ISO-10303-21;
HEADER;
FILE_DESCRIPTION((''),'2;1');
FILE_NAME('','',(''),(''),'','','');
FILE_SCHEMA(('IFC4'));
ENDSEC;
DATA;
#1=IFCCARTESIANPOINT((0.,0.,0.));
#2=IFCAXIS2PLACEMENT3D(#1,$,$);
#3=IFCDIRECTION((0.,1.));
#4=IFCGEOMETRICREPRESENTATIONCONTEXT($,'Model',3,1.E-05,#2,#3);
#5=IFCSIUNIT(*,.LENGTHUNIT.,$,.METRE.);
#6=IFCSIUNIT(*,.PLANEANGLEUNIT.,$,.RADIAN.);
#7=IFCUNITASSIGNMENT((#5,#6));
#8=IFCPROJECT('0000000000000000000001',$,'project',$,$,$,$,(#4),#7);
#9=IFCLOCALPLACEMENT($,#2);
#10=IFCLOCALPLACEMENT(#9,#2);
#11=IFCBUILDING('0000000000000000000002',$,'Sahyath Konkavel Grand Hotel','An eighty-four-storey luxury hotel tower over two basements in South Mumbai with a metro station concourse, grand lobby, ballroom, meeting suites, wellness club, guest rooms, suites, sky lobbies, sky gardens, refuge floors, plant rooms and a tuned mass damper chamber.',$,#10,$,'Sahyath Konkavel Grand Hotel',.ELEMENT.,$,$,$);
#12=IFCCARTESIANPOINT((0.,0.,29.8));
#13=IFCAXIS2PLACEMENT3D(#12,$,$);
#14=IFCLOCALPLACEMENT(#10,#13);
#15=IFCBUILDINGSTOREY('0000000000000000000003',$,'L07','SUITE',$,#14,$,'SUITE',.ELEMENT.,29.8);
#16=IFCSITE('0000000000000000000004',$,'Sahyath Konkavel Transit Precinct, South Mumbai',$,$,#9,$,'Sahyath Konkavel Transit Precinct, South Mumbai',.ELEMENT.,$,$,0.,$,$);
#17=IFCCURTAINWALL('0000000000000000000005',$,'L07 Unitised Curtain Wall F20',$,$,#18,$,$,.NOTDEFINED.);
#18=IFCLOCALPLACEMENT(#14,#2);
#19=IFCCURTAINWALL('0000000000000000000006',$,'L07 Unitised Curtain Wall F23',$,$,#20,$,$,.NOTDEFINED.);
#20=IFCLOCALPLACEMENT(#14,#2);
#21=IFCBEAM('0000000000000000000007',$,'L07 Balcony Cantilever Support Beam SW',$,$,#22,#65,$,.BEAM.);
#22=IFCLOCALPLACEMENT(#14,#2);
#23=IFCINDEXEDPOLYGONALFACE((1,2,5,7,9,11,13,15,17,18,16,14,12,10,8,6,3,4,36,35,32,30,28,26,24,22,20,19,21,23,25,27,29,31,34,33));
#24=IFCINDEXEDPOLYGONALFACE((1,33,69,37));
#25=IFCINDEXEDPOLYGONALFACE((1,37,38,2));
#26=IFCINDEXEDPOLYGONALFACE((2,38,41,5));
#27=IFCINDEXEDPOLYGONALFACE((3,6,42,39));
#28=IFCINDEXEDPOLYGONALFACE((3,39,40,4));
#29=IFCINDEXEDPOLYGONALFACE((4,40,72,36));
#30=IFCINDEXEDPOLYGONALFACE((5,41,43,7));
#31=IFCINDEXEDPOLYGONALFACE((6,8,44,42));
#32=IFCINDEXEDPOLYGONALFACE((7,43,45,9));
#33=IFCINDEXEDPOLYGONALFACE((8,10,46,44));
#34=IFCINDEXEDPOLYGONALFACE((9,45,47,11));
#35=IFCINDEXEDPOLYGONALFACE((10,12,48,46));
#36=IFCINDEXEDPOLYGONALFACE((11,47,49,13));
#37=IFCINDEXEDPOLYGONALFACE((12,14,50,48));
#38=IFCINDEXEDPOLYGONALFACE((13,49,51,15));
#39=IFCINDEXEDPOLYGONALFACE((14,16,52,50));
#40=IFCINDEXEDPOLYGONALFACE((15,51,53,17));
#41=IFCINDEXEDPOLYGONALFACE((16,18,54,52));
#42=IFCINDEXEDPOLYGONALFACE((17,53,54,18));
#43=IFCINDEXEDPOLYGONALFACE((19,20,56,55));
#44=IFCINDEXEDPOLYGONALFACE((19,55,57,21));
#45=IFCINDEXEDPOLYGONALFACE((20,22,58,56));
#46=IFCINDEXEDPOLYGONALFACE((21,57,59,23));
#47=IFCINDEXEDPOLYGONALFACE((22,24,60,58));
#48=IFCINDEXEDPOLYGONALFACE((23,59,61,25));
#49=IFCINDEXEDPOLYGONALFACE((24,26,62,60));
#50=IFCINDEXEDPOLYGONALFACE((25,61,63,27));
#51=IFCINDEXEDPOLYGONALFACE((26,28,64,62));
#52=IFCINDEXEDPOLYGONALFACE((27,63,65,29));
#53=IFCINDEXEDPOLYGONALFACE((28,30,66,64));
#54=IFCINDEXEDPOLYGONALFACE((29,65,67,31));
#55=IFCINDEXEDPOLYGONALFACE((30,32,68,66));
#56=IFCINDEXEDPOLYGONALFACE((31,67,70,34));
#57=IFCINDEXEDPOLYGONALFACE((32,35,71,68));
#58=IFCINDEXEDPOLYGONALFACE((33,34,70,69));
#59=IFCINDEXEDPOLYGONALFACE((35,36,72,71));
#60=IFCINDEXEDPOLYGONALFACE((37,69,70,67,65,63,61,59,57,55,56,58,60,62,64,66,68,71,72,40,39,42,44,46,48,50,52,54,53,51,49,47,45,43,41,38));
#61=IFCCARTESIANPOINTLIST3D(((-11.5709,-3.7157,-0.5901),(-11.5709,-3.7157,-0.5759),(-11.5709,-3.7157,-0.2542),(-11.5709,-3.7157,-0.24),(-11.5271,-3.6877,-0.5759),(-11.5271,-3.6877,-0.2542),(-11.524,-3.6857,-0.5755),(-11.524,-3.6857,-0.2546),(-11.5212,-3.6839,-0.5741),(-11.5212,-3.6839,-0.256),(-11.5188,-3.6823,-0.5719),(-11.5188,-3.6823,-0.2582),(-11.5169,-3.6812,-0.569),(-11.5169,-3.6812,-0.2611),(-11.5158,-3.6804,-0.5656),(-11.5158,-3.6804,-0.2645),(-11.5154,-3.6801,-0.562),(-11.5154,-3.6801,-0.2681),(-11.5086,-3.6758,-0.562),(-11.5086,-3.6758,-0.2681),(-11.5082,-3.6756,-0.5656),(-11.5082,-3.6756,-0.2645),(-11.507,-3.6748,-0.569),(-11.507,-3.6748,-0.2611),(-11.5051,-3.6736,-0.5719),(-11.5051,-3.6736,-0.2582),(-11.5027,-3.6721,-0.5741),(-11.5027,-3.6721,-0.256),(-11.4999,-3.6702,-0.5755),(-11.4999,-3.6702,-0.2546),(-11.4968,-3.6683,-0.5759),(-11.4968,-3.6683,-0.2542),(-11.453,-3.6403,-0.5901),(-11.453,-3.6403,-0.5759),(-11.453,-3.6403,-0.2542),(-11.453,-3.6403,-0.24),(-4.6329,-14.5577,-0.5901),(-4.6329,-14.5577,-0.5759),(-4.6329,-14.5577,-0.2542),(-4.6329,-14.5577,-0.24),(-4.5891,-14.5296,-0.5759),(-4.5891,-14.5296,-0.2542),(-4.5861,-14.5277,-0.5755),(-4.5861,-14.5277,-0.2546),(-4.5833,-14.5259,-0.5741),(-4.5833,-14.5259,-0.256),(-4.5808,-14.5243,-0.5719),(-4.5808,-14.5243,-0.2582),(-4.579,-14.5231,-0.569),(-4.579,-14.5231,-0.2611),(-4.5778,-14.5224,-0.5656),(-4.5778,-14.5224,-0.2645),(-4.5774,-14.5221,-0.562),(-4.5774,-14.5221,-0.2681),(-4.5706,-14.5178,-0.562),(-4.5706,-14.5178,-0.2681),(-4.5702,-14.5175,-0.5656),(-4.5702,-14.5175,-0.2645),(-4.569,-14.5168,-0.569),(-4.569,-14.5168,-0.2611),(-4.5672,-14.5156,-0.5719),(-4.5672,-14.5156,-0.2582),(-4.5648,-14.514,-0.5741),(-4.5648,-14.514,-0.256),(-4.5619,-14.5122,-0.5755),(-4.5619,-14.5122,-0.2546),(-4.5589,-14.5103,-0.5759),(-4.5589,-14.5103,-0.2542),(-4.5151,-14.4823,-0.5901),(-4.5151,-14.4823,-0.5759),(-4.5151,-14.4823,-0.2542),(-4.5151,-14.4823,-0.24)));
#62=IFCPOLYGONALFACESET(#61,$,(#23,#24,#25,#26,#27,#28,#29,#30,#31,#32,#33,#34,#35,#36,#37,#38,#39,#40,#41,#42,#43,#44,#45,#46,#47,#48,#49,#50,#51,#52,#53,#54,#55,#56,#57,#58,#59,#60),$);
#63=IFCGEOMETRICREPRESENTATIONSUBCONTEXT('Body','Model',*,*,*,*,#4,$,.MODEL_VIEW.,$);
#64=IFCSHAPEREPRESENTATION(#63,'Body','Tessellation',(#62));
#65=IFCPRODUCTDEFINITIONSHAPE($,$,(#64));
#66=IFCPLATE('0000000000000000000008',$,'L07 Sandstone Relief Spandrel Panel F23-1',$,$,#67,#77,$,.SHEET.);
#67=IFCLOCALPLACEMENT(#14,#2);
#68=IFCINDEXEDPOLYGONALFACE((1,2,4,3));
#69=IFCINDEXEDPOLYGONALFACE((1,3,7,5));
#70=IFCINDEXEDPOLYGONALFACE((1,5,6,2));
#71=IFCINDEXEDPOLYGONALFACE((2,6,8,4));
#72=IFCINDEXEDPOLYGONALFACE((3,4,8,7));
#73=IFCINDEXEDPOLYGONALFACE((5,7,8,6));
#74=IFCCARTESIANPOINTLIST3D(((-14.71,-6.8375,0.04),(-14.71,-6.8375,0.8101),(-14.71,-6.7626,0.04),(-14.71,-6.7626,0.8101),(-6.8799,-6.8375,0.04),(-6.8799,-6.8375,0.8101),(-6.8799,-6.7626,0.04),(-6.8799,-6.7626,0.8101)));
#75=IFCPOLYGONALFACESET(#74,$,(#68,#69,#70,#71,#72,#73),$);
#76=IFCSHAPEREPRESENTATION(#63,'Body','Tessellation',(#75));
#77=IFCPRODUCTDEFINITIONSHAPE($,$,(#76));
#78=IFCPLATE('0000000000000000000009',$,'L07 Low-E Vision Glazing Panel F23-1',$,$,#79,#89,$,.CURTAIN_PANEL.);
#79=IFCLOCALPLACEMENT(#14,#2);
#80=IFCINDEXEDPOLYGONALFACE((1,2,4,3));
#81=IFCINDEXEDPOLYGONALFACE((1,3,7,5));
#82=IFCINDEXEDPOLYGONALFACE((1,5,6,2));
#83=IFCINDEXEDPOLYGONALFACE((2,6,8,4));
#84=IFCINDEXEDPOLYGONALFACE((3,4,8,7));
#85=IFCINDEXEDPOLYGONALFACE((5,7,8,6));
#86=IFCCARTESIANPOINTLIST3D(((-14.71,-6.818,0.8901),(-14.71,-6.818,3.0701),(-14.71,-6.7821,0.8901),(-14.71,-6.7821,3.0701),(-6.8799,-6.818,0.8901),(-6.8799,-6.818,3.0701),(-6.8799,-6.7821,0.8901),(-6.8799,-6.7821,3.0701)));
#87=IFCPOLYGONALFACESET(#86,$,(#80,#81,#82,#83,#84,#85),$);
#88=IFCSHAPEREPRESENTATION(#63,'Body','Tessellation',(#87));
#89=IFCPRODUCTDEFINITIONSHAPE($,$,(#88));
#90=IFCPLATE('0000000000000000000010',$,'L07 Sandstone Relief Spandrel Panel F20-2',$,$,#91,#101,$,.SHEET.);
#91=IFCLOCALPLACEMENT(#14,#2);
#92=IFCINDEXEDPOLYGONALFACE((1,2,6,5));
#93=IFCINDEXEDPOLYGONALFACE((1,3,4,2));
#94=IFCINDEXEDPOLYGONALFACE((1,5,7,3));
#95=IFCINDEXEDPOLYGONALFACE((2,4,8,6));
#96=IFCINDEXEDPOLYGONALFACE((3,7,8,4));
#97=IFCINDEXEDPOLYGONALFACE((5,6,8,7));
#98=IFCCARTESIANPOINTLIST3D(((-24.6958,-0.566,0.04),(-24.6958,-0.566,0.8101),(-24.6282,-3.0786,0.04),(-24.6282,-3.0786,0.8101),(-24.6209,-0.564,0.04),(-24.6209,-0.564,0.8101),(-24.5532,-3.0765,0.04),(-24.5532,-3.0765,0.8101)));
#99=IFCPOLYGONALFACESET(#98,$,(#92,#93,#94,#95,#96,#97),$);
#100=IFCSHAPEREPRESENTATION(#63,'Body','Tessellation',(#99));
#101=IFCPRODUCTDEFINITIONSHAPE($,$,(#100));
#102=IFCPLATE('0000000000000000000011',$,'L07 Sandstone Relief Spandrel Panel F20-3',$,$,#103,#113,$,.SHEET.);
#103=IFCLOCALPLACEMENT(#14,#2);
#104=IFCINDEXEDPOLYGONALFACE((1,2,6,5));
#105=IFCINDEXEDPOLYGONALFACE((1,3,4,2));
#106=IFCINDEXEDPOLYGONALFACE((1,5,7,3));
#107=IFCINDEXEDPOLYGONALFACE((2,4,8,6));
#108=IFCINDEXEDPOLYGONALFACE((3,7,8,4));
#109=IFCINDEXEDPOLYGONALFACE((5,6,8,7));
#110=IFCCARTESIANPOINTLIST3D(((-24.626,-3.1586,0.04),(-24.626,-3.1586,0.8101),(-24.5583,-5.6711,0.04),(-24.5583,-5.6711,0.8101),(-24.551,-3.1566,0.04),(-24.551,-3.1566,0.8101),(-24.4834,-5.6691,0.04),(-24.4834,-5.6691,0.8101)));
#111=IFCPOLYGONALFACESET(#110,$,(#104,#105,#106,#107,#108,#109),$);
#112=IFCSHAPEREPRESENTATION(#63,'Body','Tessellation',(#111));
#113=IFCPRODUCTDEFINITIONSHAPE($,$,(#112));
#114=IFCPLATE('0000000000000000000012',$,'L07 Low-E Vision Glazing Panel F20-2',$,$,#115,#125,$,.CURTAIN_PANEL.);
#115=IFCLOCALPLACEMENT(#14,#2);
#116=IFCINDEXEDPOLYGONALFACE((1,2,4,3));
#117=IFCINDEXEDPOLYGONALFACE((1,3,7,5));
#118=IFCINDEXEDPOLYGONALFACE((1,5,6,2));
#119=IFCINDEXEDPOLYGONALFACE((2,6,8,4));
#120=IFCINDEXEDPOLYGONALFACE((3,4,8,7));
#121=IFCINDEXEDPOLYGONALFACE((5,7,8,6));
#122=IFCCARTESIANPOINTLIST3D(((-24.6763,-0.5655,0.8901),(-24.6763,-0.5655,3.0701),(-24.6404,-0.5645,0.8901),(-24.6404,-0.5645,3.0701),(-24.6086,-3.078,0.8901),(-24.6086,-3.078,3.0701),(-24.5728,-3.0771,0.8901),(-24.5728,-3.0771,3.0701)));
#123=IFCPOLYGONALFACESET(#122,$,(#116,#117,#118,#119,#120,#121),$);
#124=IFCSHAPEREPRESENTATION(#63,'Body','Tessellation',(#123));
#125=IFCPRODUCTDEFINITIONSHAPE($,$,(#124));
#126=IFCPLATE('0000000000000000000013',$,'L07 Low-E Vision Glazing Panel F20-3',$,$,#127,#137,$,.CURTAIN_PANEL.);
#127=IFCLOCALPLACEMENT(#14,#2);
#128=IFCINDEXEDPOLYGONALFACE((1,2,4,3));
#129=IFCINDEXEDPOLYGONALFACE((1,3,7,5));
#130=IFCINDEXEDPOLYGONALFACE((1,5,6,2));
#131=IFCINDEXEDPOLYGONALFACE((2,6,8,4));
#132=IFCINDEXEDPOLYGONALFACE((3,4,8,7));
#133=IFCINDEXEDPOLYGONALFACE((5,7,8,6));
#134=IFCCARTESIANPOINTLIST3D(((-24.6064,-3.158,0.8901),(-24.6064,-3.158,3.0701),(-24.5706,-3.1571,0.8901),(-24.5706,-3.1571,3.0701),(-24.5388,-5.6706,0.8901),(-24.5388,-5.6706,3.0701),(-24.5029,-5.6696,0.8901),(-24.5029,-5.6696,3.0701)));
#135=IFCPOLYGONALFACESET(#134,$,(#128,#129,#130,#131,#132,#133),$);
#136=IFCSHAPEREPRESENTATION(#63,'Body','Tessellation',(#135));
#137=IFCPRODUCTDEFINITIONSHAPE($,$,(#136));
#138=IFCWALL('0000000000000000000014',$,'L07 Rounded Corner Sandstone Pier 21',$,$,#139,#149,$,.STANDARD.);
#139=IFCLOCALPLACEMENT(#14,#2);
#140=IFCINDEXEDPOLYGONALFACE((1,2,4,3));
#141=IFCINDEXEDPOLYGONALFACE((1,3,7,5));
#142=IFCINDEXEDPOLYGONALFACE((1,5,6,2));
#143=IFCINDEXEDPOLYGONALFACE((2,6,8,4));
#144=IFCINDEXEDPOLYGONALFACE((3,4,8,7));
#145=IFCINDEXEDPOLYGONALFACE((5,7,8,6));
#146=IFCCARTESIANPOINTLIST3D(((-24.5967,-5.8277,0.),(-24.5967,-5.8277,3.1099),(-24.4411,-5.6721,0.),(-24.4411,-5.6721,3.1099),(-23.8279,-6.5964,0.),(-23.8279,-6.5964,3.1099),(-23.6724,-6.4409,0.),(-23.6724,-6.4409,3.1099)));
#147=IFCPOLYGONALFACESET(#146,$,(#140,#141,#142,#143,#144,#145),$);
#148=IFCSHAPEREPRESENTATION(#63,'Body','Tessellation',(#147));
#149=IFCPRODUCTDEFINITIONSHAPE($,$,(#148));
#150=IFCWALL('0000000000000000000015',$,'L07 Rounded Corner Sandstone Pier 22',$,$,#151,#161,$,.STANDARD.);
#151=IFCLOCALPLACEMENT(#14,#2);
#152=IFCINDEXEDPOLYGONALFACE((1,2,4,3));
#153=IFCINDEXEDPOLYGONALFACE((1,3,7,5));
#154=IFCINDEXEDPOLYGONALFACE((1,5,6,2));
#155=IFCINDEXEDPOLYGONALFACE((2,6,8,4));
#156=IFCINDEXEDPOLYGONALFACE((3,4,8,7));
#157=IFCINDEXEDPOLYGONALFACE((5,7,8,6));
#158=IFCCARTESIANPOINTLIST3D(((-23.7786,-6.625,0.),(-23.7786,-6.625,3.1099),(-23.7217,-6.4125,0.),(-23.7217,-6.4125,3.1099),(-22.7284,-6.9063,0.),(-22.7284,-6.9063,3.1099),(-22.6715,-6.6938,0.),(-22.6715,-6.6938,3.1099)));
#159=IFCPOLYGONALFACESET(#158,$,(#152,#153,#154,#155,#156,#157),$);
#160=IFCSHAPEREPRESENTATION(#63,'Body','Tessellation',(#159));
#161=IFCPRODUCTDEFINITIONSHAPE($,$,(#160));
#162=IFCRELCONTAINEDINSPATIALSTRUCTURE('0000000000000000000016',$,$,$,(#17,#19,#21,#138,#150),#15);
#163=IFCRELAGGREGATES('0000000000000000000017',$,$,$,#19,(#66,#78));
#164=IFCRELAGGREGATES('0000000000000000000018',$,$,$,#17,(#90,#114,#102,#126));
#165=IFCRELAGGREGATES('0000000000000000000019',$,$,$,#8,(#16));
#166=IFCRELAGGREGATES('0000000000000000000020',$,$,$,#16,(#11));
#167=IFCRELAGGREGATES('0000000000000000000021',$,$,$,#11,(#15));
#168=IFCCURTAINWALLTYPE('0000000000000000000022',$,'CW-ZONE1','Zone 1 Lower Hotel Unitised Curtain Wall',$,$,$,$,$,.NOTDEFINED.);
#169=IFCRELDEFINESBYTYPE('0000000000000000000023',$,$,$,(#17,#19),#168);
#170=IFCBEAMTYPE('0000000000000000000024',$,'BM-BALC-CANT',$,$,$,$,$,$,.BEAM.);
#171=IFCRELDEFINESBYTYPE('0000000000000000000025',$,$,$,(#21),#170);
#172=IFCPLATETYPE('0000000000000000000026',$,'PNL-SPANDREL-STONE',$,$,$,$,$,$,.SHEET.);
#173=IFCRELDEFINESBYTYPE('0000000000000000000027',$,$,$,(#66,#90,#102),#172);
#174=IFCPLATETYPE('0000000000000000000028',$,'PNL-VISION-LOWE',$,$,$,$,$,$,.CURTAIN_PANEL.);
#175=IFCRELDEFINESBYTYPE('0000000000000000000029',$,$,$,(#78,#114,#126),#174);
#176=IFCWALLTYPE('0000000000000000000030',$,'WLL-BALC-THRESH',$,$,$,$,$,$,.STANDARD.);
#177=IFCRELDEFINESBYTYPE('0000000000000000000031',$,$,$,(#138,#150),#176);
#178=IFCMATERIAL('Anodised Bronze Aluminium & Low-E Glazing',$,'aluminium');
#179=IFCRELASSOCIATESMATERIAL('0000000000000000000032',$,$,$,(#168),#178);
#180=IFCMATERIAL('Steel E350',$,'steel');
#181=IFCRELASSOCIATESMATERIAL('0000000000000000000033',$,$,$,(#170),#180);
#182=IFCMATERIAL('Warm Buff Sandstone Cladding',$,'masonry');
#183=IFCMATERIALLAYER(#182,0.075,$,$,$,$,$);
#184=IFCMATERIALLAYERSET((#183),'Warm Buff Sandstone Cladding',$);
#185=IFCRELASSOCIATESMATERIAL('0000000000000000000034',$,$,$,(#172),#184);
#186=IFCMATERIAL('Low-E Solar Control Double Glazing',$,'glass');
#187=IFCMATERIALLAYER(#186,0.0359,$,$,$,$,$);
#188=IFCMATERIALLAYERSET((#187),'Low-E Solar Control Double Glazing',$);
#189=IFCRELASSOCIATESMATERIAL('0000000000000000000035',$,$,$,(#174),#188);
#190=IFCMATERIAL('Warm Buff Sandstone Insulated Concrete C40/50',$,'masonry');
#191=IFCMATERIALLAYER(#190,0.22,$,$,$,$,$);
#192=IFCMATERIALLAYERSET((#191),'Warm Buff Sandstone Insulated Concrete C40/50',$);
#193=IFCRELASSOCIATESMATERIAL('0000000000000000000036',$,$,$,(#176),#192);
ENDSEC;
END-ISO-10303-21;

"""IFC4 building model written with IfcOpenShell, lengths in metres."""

from ifc_helpers import new_model, si_unit, direction, frame, frame_2d, origin, origin_2d, place, context, subcontext, project, spatial, rectangle, i_section, extrude, source, transform, mapped, material, layer, layer_set, material_profile, profile_set, type_object, element, aggregate, save


model = new_model("IFC4")

# Units and contexts
model_context = context("Model", 3, precision=1e-05, world=origin(), true_north=direction((0.0, 1.0)))
body_context = subcontext(model_context, "Body", "Model", "MODEL_VIEW")
ifc_project = project(units=[si_unit("LENGTHUNIT", "METRE"), si_unit("PLANEANGLEUNIT", "RADIAN")], contexts=[model_context])

# Site, building, storey
site_placement = place(None, origin())
site = spatial("IfcSite", under=ifc_project, at=site_placement, Name="Sahyath Konkavel Transit Precinct, South Mumbai", LongName="Sahyath Konkavel Transit Precinct, South Mumbai", CompositionType="ELEMENT", RefElevation=0.0)
building_placement = place(site_placement, origin())
building = spatial("IfcBuilding", under=site, at=building_placement, Name="Sahyath Konkavel Grand Hotel", Description="An eighty-four-storey luxury hotel tower over two basements in South Mumbai with a metro station concourse, grand lobby, ballroom, meeting suites, wellness club, guest rooms, suites, sky lobbies, sky gardens, refuge floors, plant rooms and a tuned mass damper chamber.", LongName="Sahyath Konkavel Grand Hotel", CompositionType="ELEMENT")
storey_placement = place(building_placement, frame((0.0, 0.0, 29.8)))
storey = spatial("IfcBuildingStorey", under=building, at=storey_placement, Name="L07", Description="SUITE", LongName="SUITE", CompositionType="ELEMENT", Elevation=29.8)

# Shared definitions
ifc_material_1 = material(Name="Steel E350", Category="steel")

# Curtain walls
ifc_material_2 = material(Name="Anodised Bronze Aluminium & Low-E Glazing", Category="aluminium")
curtain_wall_type = type_object("IfcCurtainWallType", Name="CW-ZONE1", Description="Zone 1 Lower Hotel Unitised Curtain Wall", PredefinedType="NOTDEFINED", material=ifc_material_2)
curtain_wall_1_placement = place(storey_placement, origin())
curtain_wall_1 = element("IfcCurtainWall", 1, at=curtain_wall_1_placement, inside=storey, type_object=curtain_wall_type, Name="L07 Unitised Curtain Wall F20", PredefinedType="NOTDEFINED")
curtain_wall_2_placement = place(storey_placement, origin())
curtain_wall_2 = element("IfcCurtainWall", 2, at=curtain_wall_2_placement, inside=storey, type_object=curtain_wall_type, Name="L07 Unitised Curtain Wall F23", PredefinedType="NOTDEFINED")

# Beam
ifc_material_profile_1 = material_profile(ifc_material_1, i_section(OverallWidth=0.1399, OverallDepth=0.3501, WebThickness=0.0081, FlangeThickness=0.0142, FilletRadius=0.0139, at=origin_2d()), Name="ISMB 350")
ifc_profile_set_1 = profile_set([ifc_material_profile_1], Name="Steel E350")
beam_type_1 = type_object("IfcBeamType", Name="BM-BALC-CANT", PredefinedType="BEAM", material=ifc_profile_set_1)
shared_shape_1 = source(origin(), body_context, "Body", "SweptSolid", [
    extrude(i_section(OverallWidth=0.1399, OverallDepth=0.3501, WebThickness=0.0081, FlangeThickness=0.0142, FilletRadius=0.0139, at=origin_2d()), origin(), (0.0, 0.0, 1.0), 12.8718),
])
beam_1_placement = place(storey_placement, frame((-11.512, -3.678, -0.415), z_axis=(0.539003, -0.842304, 0.0), x_axis=(0.842304, 0.539003, 0.0)))
element("IfcBeam", 3, at=beam_1_placement, inside=storey, type_object=beam_type_1, Name="L07 Balcony Cantilever Support Beam SW", PredefinedType="BEAM", context=body_context, shape_type="MappedRepresentation", body=[
    mapped(shared_shape_1, transform((0.0, 0.0, 0.0), scale=1.0)),
])

# Plates
ifc_material_3 = material(Name="Warm Buff Sandstone Cladding", Category="masonry")
ifc_layer_1 = layer(ifc_material_3, 0.075)
ifc_layer_set_1 = layer_set([ifc_layer_1], Name="Warm Buff Sandstone Cladding")
plate_type_1 = type_object("IfcPlateType", Name="PNL-SPANDREL-STONE", PredefinedType="SHEET", material=ifc_layer_set_1)
shared_shape_2 = source(origin(), body_context, "Body", "SweptSolid", [
    extrude(rectangle(XDim=7.8301, YDim=0.075, at=origin_2d()), origin(), (0.0, 0.0, 1.0), 0.77),
])
plate_1_placement = place(storey_placement, frame((-10.7949, -6.8, 0.04), z_axis=(0.0, 0.0, 1.0), x_axis=(1.0, 0.0, 0.0)))
plate_1 = element("IfcPlate", 4, at=plate_1_placement, type_object=plate_type_1, Name="L07 Sandstone Relief Spandrel Panel F23-1", PredefinedType="SHEET", context=body_context, shape_type="MappedRepresentation", body=[
    mapped(shared_shape_2, transform((0.0, 0.0, 0.0), scale=1.0)),
])
ifc_material_4 = material(Name="Low-E Solar Control Double Glazing", Category="glass")
ifc_layer_2 = layer(ifc_material_4, 0.0359)
ifc_layer_set_2 = layer_set([ifc_layer_2], Name="Low-E Solar Control Double Glazing")
plate_type_2 = type_object("IfcPlateType", Name="PNL-VISION-LOWE", PredefinedType="CURTAIN_PANEL", material=ifc_layer_set_2)
shared_shape_3 = source(origin(), body_context, "Body", "SweptSolid", [
    extrude(rectangle(XDim=7.8301, YDim=0.0359, at=origin_2d()), origin(), (0.0, 0.0, 1.0), 2.1799),
])
plate_2_placement = place(storey_placement, frame((-10.7949, -6.8, 0.8901), z_axis=(0.0, 0.0, 1.0), x_axis=(1.0, 0.0, 0.0)))
plate_2 = element("IfcPlate", 5, at=plate_2_placement, type_object=plate_type_2, Name="L07 Low-E Vision Glazing Panel F23-1", PredefinedType="CURTAIN_PANEL", context=body_context, shape_type="MappedRepresentation", body=[
    mapped(shared_shape_3, transform((0.0, 0.0, 0.0), scale=1.0)),
])
aggregate(curtain_wall_2, [plate_1, plate_2])
shared_shape_4 = source(origin(), body_context, "Body", "SweptSolid", [
    extrude(rectangle(XDim=2.5134, YDim=0.075, at=origin_2d()), origin(), (0.0, 0.0, 1.0), 0.77),
])
plate_3_placement = place(storey_placement, frame((-24.6245, -1.8213, 0.04), z_axis=(0.0, 0.0, 1.0), x_axis=(0.02691, -0.999638, 0.0)))
plate_3 = element("IfcPlate", 6, at=plate_3_placement, type_object=plate_type_1, Name="L07 Sandstone Relief Spandrel Panel F20-2", PredefinedType="SHEET", context=body_context, shape_type="MappedRepresentation", body=[
    mapped(shared_shape_4, transform((0.0, 0.0, 0.0), scale=1.0)),
])
plate_4_placement = place(storey_placement, frame((-24.5547, -4.4138, 0.04), z_axis=(0.0, 0.0, 1.0), x_axis=(0.02691, -0.999638, 0.0)))
plate_4 = element("IfcPlate", 7, at=plate_4_placement, type_object=plate_type_1, Name="L07 Sandstone Relief Spandrel Panel F20-3", PredefinedType="SHEET", context=body_context, shape_type="MappedRepresentation", body=[
    mapped(shared_shape_4, transform((0.0, 0.0, 0.0), scale=1.0)),
])
shared_shape_5 = source(origin(), body_context, "Body", "SweptSolid", [
    extrude(rectangle(XDim=2.5134, YDim=0.0359, at=origin_2d()), origin(), (0.0, 0.0, 1.0), 2.1799),
])
plate_5_placement = place(storey_placement, frame((-24.6245, -1.8213, 0.8901), z_axis=(0.0, 0.0, 1.0), x_axis=(0.02691, -0.999638, 0.0)))
plate_5 = element("IfcPlate", 8, at=plate_5_placement, type_object=plate_type_2, Name="L07 Low-E Vision Glazing Panel F20-2", PredefinedType="CURTAIN_PANEL", context=body_context, shape_type="MappedRepresentation", body=[
    mapped(shared_shape_5, transform((0.0, 0.0, 0.0), scale=1.0)),
])
plate_6_placement = place(storey_placement, frame((-24.5547, -4.4138, 0.8901), z_axis=(0.0, 0.0, 1.0), x_axis=(0.02691, -0.999638, 0.0)))
plate_6 = element("IfcPlate", 9, at=plate_6_placement, type_object=plate_type_2, Name="L07 Low-E Vision Glazing Panel F20-3", PredefinedType="CURTAIN_PANEL", context=body_context, shape_type="MappedRepresentation", body=[
    mapped(shared_shape_5, transform((0.0, 0.0, 0.0), scale=1.0)),
])
aggregate(curtain_wall_1, [plate_3, plate_5, plate_4, plate_6])

# Walls
ifc_material_5 = material(Name="Warm Buff Sandstone Insulated Concrete C40/50", Category="masonry")
ifc_layer_3 = layer(ifc_material_5, 0.22)
ifc_layer_set_3 = layer_set([ifc_layer_3], Name="Warm Buff Sandstone Insulated Concrete C40/50")
wall_type_1 = type_object("IfcWallType", Name="WLL-BALC-THRESH", PredefinedType="STANDARD", material=ifc_layer_set_3)
for number, where, z_axis, x_axis, name in (
    (10, (-24.5188, -5.75, 0.0), (0.0, 0.0, 1.0), (0.707107, -0.707107, 0.0), "L07 Rounded Corner Sandstone Pier 21"),
    (11, (-23.75, -6.5188, 0.0), (0.0, 0.0, 1.0), (0.965951, -0.258725, 0.0), "L07 Rounded Corner Sandstone Pier 22"),
):
    element("IfcWall", number, at=place(storey_placement, frame(where, z_axis=z_axis, x_axis=x_axis)), inside=storey, type_object=wall_type_1, Name=name, PredefinedType="STANDARD", context=body_context, shape_type="SweptSolid", body=[
        extrude(rectangle(XDim=1.0872, YDim=0.22, at=frame_2d((0.5435, 0.0))), origin(), (0.0, 0.0, 1.0), 3.1099),
    ])

save(model, "model.ifc")
